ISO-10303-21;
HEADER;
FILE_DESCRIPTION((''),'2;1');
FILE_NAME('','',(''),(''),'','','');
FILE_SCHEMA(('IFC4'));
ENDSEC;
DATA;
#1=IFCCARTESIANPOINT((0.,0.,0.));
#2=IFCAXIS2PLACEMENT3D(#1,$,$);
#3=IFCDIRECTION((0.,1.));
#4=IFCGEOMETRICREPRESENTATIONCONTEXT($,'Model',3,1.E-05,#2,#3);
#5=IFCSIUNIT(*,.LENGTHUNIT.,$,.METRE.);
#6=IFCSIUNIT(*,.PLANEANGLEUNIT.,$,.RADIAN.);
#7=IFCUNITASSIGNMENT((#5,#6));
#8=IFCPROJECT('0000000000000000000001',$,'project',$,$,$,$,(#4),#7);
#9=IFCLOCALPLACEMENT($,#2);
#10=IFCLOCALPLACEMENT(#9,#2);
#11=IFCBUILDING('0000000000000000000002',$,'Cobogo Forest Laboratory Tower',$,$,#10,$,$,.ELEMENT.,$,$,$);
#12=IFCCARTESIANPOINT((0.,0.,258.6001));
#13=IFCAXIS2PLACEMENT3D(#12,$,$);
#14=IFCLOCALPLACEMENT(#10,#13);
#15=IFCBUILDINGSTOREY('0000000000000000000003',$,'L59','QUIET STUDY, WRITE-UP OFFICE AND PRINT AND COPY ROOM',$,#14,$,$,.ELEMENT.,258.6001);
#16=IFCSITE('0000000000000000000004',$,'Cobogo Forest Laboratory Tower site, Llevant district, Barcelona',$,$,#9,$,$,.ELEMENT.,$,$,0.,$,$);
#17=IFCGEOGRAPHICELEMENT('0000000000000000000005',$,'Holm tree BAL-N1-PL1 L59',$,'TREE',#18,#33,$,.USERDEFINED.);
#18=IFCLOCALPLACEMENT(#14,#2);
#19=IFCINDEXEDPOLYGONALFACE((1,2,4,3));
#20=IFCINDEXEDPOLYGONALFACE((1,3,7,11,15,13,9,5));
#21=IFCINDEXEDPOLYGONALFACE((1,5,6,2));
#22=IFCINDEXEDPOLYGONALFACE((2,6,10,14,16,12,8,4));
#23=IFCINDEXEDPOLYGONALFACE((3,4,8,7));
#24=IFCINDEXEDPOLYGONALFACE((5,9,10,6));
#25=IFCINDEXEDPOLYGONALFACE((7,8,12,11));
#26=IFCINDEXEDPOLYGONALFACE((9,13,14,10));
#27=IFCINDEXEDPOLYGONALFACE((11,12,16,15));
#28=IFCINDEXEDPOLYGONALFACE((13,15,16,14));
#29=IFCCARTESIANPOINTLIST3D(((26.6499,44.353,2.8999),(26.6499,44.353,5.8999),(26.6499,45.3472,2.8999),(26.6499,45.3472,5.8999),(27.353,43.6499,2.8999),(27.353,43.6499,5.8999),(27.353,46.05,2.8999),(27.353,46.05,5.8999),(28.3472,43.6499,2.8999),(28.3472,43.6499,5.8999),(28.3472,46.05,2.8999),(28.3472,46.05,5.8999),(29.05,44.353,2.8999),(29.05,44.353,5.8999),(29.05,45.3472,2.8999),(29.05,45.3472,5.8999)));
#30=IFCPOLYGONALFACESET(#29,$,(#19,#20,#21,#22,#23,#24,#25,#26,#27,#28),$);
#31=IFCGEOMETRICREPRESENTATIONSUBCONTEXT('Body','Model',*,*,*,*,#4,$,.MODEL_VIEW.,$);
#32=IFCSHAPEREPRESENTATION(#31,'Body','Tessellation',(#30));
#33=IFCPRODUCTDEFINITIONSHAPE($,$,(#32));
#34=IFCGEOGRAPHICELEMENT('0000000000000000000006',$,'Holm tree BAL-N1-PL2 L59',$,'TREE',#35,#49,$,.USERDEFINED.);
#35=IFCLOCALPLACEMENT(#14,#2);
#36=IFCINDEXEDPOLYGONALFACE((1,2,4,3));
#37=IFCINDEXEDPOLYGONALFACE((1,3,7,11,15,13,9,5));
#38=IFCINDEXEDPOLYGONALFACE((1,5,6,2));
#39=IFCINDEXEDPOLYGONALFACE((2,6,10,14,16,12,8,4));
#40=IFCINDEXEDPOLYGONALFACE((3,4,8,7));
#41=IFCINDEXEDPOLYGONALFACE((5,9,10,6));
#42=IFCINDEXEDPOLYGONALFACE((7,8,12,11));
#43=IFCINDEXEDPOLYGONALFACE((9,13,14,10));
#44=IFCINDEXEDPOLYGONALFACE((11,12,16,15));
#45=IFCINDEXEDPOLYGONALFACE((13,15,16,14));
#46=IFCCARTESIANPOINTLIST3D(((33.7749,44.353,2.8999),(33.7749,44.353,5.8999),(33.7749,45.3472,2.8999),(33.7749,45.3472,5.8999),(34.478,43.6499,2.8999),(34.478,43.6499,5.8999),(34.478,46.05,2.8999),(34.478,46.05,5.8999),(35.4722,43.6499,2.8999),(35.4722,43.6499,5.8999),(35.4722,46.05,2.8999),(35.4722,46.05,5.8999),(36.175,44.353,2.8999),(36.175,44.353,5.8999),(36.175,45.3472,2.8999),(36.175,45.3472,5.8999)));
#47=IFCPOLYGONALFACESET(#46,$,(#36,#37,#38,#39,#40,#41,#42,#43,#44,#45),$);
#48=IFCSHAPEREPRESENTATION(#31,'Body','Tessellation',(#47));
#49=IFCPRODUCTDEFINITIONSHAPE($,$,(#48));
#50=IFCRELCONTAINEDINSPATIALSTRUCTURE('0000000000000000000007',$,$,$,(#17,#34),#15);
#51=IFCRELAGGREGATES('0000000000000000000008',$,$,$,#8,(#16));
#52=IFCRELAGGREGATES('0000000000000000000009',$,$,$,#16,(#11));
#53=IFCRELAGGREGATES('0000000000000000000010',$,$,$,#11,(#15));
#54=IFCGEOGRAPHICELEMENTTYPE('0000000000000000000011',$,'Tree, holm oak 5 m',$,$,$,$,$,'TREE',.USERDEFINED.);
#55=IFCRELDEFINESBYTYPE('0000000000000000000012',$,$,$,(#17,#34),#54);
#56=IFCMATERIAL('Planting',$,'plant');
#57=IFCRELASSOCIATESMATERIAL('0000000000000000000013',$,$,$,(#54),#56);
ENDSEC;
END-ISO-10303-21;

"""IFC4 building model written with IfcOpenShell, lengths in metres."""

from ifc_helpers import new_model, si_unit, direction, frame, origin, place, context, subcontext, project, spatial, polyline, outline, extrude, material, type_object, element, save


model = new_model("IFC4")

# Units and contexts
model_context = context("Model", 3, precision=1e-05, world=origin(), true_north=direction((0.0, 1.0)))
body_context = subcontext(model_context, "Body", "Model", "MODEL_VIEW")
ifc_project = project(units=[si_unit("LENGTHUNIT", "METRE"), si_unit("PLANEANGLEUNIT", "RADIAN")], contexts=[model_context])

# Site, building, storey
site_placement = place(None, origin())
site = spatial("IfcSite", under=ifc_project, at=site_placement, Name="Cobogo Forest Laboratory Tower site, Llevant district, Barcelona", CompositionType="ELEMENT", RefElevation=0.0)
building_placement = place(site_placement, origin())
building = spatial("IfcBuilding", under=site, at=building_placement, Name="Cobogo Forest Laboratory Tower", CompositionType="ELEMENT")
storey_placement = place(building_placement, frame((0.0, 0.0, 258.6001)))
storey = spatial("IfcBuildingStorey", under=building, at=storey_placement, Name="L59", Description="QUIET STUDY, WRITE-UP OFFICE AND PRINT AND COPY ROOM", CompositionType="ELEMENT", Elevation=258.6001)

# Geographic elements
ifc_material_1 = material(Name="Planting", Category="plant")
geographic_element_type = type_object("IfcGeographicElementType", Name="Tree, holm oak 5 m", ElementType="TREE", PredefinedType="USERDEFINED", material=ifc_material_1)
geographic_element_1_placement = place(storey_placement, frame((0.0, 0.0, 2.8999)))
element("IfcGeographicElement", 1, at=geographic_element_1_placement, inside=storey, type_object=geographic_element_type, Name="Holm tree BAL-N1-PL1 L59", ObjectType="TREE", PredefinedType="USERDEFINED", context=body_context, shape_type="SweptSolid", body=[
    extrude(outline(polyline([(29.05, 44.353), (29.05, 45.3472), (28.3472, 46.05), (27.353, 46.05), (26.6499, 45.3472), (26.6499, 44.353), (27.353, 43.6499), (28.3472, 43.6499), (29.05, 44.353)])), origin(), (0.0, 0.0, 1.0), 3.0),
])
geographic_element_2_placement = place(storey_placement, frame((0.0, 0.0, 2.8999)))
element("IfcGeographicElement", 2, at=geographic_element_2_placement, inside=storey, type_object=geographic_element_type, Name="Holm tree BAL-N1-PL2 L59", ObjectType="TREE", PredefinedType="USERDEFINED", context=body_context, shape_type="SweptSolid", body=[
    extrude(outline(polyline([(36.175, 44.353), (36.175, 45.3472), (35.4722, 46.05), (34.478, 46.05), (33.7749, 45.3472), (33.7749, 44.353), (34.478, 43.6499), (35.4722, 43.6499), (36.175, 44.353)])), origin(), (0.0, 0.0, 1.0), 3.0),
])

save(model, "model.ifc")
